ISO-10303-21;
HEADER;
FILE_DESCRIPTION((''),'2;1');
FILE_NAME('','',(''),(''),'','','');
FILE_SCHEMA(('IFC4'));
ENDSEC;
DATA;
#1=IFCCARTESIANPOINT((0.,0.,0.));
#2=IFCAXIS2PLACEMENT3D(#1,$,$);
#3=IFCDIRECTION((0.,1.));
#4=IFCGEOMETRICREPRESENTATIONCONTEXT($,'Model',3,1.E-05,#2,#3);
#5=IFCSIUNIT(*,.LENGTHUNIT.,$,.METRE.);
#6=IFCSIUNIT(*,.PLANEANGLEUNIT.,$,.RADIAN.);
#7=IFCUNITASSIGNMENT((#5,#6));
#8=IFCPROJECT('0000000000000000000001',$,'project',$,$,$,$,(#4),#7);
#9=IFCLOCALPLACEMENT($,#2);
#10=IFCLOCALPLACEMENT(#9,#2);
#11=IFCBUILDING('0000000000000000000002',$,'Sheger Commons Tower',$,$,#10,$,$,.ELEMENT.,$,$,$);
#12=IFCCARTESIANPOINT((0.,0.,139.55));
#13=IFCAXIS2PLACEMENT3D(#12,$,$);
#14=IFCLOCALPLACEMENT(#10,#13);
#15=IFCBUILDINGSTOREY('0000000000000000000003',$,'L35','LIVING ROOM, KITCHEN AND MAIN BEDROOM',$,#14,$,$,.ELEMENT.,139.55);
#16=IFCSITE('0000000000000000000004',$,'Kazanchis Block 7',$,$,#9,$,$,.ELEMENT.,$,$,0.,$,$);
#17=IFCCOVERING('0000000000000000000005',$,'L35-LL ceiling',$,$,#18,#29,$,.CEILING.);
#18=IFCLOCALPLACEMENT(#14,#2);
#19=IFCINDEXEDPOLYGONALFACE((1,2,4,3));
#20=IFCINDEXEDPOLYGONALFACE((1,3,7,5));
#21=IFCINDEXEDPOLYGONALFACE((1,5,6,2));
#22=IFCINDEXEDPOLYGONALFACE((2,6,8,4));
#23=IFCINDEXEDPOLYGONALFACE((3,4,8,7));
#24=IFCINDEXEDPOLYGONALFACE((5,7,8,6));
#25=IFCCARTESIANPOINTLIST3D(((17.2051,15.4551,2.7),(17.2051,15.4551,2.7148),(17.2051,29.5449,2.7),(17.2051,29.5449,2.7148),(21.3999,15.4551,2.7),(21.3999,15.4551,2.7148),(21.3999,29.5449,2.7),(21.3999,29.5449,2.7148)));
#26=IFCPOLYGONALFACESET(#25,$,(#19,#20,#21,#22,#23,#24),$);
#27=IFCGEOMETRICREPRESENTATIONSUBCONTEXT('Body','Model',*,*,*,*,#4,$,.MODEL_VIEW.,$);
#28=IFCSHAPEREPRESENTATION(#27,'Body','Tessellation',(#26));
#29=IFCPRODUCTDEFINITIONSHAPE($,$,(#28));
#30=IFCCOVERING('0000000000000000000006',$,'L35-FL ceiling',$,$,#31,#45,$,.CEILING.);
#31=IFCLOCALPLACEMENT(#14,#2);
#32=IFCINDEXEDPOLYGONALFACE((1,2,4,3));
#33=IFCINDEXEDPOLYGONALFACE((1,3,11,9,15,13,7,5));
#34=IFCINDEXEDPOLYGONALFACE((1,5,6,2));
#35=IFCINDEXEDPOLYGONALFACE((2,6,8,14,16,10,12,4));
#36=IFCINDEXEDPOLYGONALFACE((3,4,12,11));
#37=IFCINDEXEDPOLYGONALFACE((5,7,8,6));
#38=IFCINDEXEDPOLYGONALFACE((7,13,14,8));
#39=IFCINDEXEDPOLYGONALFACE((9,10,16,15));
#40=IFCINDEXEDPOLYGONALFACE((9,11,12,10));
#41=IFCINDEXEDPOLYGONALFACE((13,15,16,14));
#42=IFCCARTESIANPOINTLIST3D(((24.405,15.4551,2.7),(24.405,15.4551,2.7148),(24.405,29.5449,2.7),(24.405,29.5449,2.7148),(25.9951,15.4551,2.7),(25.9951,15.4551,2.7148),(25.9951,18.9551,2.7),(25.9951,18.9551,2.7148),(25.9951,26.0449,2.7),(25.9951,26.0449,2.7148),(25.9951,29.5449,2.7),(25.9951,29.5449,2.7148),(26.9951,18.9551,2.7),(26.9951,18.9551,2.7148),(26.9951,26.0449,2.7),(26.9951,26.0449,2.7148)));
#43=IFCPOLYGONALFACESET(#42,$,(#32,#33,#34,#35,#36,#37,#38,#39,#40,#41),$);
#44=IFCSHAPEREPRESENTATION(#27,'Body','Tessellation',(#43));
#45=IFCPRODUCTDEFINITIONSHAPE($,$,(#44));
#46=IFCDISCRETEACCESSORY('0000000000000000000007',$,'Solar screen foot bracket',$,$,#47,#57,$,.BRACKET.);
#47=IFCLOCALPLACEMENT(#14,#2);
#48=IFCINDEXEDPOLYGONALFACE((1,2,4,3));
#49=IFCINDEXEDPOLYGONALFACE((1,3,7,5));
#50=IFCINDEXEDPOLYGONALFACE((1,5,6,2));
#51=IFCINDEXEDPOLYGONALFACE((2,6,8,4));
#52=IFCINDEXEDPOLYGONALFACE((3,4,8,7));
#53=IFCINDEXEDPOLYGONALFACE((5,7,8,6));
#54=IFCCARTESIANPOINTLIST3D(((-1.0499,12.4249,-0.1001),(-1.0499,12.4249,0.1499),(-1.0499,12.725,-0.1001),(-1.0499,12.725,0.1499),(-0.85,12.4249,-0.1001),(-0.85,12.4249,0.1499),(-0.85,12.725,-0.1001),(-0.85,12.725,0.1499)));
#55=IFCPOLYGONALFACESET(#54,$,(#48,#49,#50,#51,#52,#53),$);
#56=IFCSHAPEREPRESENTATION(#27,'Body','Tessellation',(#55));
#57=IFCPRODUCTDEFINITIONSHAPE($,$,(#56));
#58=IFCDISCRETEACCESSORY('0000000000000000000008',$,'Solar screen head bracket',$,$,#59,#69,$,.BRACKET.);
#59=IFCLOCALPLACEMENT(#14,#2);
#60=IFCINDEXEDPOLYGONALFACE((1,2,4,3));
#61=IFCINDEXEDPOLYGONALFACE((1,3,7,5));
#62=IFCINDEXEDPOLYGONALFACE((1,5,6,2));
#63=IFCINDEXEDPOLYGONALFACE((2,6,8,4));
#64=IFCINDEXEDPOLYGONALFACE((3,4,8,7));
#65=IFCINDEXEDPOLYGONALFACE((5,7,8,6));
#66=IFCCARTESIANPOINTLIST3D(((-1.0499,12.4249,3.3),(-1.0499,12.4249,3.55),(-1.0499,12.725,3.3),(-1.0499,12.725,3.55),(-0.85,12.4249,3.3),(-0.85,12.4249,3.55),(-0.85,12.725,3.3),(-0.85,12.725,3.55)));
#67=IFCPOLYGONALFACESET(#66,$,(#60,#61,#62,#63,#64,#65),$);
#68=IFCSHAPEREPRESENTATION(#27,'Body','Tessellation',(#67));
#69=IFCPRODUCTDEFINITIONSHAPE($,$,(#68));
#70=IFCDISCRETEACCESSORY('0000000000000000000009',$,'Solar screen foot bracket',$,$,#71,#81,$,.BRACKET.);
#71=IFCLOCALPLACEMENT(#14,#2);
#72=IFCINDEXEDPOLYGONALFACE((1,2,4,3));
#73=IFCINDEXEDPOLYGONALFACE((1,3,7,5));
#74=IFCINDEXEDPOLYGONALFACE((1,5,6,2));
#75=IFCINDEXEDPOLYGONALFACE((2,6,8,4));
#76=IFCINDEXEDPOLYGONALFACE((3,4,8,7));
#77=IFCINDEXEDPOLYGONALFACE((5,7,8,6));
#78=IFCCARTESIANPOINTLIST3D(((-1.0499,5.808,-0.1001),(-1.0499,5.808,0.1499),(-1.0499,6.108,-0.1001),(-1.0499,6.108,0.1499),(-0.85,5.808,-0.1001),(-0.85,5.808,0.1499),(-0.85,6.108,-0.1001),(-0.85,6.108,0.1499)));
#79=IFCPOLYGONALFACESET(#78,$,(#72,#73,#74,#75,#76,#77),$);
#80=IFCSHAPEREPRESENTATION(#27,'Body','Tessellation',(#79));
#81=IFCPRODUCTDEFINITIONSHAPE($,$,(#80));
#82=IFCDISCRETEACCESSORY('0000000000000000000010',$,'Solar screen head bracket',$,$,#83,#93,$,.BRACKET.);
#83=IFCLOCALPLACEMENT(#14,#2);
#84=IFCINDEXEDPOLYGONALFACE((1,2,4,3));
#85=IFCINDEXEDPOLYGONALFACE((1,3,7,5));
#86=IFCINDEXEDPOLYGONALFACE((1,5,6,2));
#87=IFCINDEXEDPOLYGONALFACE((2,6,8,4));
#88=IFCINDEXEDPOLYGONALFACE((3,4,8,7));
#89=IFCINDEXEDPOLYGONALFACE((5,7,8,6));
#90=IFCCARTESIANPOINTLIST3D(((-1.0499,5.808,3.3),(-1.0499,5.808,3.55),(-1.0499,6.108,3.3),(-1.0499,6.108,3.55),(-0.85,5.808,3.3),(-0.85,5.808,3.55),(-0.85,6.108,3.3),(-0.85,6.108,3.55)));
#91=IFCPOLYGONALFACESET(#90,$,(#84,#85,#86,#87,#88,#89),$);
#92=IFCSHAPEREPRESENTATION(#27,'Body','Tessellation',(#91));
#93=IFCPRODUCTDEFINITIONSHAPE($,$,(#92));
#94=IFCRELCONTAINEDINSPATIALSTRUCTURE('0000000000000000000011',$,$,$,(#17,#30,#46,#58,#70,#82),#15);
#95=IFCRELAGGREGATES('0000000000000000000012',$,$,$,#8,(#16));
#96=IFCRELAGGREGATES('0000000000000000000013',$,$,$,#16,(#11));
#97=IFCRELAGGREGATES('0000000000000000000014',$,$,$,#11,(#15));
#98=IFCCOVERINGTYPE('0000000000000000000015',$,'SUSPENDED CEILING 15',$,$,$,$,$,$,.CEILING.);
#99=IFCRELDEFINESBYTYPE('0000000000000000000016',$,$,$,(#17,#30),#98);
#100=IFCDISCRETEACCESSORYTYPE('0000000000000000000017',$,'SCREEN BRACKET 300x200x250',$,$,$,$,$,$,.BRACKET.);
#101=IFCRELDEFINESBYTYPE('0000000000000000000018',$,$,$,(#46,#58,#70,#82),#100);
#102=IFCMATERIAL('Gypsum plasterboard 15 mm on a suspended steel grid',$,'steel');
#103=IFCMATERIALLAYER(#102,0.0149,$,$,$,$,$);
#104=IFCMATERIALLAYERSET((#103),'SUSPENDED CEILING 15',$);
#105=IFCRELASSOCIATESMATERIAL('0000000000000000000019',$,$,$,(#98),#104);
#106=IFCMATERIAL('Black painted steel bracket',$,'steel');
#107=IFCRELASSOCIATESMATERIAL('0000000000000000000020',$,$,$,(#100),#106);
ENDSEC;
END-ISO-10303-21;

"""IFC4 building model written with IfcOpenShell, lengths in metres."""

from ifc_helpers import new_model, si_unit, direction, frame, origin, origin_2d, place, context, subcontext, project, spatial, polyline, rectangle, outline, extrude, material, layer, layer_set, type_object, element, save


model = new_model("IFC4")

# Units and contexts
model_context = context("Model", 3, precision=1e-05, world=origin(), true_north=direction((0.0, 1.0)))
body_context = subcontext(model_context, "Body", "Model", "MODEL_VIEW")
ifc_project = project(units=[si_unit("LENGTHUNIT", "METRE"), si_unit("PLANEANGLEUNIT", "RADIAN")], contexts=[model_context])

# Site, building, storey
site_placement = place(None, origin())
site = spatial("IfcSite", under=ifc_project, at=site_placement, Name="Kazanchis Block 7", CompositionType="ELEMENT", RefElevation=0.0)
building_placement = place(site_placement, origin())
building = spatial("IfcBuilding", under=site, at=building_placement, Name="Sheger Commons Tower", CompositionType="ELEMENT")
storey_placement = place(building_placement, frame((0.0, 0.0, 139.55)))
storey = spatial("IfcBuildingStorey", under=building, at=storey_placement, Name="L35", Description="LIVING ROOM, KITCHEN AND MAIN BEDROOM", CompositionType="ELEMENT", Elevation=139.55)

# Coverings
ifc_material_1 = material(Name="Gypsum plasterboard 15 mm on a suspended steel grid", Category="steel")
ifc_layer_1 = layer(ifc_material_1, 0.0149)
ifc_layer_set_1 = layer_set([ifc_layer_1], Name="SUSPENDED CEILING 15")
covering_type_1 = type_object("IfcCoveringType", Name="SUSPENDED CEILING 15", PredefinedType="CEILING", material=ifc_layer_set_1)
covering_1_placement = place(storey_placement, frame((0.0, 0.0, 2.7)))
element("IfcCovering", 1, at=covering_1_placement, inside=storey, type_object=covering_type_1, Name="L35-LL ceiling", PredefinedType="CEILING", context=body_context, shape_type="SweptSolid", body=[
    extrude(outline(polyline([(17.2051, 15.4551), (21.3999, 15.4551), (21.3999, 29.5449), (17.2051, 29.5449), (17.2051, 15.4551)])), origin(), (0.0, 0.0, 1.0), 0.0149),
])
covering_2_placement = place(storey_placement, frame((0.0, 0.0, 2.7)))
element("IfcCovering", 2, at=covering_2_placement, inside=storey, type_object=covering_type_1, Name="L35-FL ceiling", PredefinedType="CEILING", context=body_context, shape_type="SweptSolid", body=[
    extrude(outline(polyline([(24.405, 15.4551), (25.9951, 15.4551), (25.9951, 18.9551), (26.9951, 18.9551), (26.9951, 26.0449), (25.9951, 26.0449), (25.9951, 29.5449), (24.405, 29.5449), (24.405, 15.4551)])), origin(), (0.0, 0.0, 1.0), 0.0149),
])

# Discrete accessories
ifc_material_2 = material(Name="Black painted steel bracket", Category="steel")
discrete_accessory_type = type_object("IfcDiscreteAccessoryType", Name="SCREEN BRACKET 300x200x250", PredefinedType="BRACKET", material=ifc_material_2)
for number, where, z_axis, x_axis, name in (
    (3, (-0.95, 12.575, -0.1001), (0.0, 0.0, 1.0), (0.0, -1.0, 0.0), "Solar screen foot bracket"),
    (4, (-0.95, 12.575, 3.3), (0.0, 0.0, 1.0), (0.0, -1.0, 0.0), "Solar screen head bracket"),
    (5, (-0.95, 5.958, -0.1001), (0.0, 0.0, 1.0), (0.0, -1.0, 0.0), "Solar screen foot bracket"),
    (6, (-0.95, 5.958, 3.3), (0.0, 0.0, 1.0), (0.0, -1.0, 0.0), "Solar screen head bracket"),
):
    element("IfcDiscreteAccessory", number, at=place(storey_placement, frame(where, z_axis=z_axis, x_axis=x_axis)), inside=storey, type_object=discrete_accessory_type, Name=name, PredefinedType="BRACKET", context=body_context, shape_type="SweptSolid", body=[
        extrude(rectangle(XDim=0.3, YDim=0.2, at=origin_2d()), origin(), (0.0, 0.0, 1.0), 0.25),
    ])

save(model, "model.ifc")
